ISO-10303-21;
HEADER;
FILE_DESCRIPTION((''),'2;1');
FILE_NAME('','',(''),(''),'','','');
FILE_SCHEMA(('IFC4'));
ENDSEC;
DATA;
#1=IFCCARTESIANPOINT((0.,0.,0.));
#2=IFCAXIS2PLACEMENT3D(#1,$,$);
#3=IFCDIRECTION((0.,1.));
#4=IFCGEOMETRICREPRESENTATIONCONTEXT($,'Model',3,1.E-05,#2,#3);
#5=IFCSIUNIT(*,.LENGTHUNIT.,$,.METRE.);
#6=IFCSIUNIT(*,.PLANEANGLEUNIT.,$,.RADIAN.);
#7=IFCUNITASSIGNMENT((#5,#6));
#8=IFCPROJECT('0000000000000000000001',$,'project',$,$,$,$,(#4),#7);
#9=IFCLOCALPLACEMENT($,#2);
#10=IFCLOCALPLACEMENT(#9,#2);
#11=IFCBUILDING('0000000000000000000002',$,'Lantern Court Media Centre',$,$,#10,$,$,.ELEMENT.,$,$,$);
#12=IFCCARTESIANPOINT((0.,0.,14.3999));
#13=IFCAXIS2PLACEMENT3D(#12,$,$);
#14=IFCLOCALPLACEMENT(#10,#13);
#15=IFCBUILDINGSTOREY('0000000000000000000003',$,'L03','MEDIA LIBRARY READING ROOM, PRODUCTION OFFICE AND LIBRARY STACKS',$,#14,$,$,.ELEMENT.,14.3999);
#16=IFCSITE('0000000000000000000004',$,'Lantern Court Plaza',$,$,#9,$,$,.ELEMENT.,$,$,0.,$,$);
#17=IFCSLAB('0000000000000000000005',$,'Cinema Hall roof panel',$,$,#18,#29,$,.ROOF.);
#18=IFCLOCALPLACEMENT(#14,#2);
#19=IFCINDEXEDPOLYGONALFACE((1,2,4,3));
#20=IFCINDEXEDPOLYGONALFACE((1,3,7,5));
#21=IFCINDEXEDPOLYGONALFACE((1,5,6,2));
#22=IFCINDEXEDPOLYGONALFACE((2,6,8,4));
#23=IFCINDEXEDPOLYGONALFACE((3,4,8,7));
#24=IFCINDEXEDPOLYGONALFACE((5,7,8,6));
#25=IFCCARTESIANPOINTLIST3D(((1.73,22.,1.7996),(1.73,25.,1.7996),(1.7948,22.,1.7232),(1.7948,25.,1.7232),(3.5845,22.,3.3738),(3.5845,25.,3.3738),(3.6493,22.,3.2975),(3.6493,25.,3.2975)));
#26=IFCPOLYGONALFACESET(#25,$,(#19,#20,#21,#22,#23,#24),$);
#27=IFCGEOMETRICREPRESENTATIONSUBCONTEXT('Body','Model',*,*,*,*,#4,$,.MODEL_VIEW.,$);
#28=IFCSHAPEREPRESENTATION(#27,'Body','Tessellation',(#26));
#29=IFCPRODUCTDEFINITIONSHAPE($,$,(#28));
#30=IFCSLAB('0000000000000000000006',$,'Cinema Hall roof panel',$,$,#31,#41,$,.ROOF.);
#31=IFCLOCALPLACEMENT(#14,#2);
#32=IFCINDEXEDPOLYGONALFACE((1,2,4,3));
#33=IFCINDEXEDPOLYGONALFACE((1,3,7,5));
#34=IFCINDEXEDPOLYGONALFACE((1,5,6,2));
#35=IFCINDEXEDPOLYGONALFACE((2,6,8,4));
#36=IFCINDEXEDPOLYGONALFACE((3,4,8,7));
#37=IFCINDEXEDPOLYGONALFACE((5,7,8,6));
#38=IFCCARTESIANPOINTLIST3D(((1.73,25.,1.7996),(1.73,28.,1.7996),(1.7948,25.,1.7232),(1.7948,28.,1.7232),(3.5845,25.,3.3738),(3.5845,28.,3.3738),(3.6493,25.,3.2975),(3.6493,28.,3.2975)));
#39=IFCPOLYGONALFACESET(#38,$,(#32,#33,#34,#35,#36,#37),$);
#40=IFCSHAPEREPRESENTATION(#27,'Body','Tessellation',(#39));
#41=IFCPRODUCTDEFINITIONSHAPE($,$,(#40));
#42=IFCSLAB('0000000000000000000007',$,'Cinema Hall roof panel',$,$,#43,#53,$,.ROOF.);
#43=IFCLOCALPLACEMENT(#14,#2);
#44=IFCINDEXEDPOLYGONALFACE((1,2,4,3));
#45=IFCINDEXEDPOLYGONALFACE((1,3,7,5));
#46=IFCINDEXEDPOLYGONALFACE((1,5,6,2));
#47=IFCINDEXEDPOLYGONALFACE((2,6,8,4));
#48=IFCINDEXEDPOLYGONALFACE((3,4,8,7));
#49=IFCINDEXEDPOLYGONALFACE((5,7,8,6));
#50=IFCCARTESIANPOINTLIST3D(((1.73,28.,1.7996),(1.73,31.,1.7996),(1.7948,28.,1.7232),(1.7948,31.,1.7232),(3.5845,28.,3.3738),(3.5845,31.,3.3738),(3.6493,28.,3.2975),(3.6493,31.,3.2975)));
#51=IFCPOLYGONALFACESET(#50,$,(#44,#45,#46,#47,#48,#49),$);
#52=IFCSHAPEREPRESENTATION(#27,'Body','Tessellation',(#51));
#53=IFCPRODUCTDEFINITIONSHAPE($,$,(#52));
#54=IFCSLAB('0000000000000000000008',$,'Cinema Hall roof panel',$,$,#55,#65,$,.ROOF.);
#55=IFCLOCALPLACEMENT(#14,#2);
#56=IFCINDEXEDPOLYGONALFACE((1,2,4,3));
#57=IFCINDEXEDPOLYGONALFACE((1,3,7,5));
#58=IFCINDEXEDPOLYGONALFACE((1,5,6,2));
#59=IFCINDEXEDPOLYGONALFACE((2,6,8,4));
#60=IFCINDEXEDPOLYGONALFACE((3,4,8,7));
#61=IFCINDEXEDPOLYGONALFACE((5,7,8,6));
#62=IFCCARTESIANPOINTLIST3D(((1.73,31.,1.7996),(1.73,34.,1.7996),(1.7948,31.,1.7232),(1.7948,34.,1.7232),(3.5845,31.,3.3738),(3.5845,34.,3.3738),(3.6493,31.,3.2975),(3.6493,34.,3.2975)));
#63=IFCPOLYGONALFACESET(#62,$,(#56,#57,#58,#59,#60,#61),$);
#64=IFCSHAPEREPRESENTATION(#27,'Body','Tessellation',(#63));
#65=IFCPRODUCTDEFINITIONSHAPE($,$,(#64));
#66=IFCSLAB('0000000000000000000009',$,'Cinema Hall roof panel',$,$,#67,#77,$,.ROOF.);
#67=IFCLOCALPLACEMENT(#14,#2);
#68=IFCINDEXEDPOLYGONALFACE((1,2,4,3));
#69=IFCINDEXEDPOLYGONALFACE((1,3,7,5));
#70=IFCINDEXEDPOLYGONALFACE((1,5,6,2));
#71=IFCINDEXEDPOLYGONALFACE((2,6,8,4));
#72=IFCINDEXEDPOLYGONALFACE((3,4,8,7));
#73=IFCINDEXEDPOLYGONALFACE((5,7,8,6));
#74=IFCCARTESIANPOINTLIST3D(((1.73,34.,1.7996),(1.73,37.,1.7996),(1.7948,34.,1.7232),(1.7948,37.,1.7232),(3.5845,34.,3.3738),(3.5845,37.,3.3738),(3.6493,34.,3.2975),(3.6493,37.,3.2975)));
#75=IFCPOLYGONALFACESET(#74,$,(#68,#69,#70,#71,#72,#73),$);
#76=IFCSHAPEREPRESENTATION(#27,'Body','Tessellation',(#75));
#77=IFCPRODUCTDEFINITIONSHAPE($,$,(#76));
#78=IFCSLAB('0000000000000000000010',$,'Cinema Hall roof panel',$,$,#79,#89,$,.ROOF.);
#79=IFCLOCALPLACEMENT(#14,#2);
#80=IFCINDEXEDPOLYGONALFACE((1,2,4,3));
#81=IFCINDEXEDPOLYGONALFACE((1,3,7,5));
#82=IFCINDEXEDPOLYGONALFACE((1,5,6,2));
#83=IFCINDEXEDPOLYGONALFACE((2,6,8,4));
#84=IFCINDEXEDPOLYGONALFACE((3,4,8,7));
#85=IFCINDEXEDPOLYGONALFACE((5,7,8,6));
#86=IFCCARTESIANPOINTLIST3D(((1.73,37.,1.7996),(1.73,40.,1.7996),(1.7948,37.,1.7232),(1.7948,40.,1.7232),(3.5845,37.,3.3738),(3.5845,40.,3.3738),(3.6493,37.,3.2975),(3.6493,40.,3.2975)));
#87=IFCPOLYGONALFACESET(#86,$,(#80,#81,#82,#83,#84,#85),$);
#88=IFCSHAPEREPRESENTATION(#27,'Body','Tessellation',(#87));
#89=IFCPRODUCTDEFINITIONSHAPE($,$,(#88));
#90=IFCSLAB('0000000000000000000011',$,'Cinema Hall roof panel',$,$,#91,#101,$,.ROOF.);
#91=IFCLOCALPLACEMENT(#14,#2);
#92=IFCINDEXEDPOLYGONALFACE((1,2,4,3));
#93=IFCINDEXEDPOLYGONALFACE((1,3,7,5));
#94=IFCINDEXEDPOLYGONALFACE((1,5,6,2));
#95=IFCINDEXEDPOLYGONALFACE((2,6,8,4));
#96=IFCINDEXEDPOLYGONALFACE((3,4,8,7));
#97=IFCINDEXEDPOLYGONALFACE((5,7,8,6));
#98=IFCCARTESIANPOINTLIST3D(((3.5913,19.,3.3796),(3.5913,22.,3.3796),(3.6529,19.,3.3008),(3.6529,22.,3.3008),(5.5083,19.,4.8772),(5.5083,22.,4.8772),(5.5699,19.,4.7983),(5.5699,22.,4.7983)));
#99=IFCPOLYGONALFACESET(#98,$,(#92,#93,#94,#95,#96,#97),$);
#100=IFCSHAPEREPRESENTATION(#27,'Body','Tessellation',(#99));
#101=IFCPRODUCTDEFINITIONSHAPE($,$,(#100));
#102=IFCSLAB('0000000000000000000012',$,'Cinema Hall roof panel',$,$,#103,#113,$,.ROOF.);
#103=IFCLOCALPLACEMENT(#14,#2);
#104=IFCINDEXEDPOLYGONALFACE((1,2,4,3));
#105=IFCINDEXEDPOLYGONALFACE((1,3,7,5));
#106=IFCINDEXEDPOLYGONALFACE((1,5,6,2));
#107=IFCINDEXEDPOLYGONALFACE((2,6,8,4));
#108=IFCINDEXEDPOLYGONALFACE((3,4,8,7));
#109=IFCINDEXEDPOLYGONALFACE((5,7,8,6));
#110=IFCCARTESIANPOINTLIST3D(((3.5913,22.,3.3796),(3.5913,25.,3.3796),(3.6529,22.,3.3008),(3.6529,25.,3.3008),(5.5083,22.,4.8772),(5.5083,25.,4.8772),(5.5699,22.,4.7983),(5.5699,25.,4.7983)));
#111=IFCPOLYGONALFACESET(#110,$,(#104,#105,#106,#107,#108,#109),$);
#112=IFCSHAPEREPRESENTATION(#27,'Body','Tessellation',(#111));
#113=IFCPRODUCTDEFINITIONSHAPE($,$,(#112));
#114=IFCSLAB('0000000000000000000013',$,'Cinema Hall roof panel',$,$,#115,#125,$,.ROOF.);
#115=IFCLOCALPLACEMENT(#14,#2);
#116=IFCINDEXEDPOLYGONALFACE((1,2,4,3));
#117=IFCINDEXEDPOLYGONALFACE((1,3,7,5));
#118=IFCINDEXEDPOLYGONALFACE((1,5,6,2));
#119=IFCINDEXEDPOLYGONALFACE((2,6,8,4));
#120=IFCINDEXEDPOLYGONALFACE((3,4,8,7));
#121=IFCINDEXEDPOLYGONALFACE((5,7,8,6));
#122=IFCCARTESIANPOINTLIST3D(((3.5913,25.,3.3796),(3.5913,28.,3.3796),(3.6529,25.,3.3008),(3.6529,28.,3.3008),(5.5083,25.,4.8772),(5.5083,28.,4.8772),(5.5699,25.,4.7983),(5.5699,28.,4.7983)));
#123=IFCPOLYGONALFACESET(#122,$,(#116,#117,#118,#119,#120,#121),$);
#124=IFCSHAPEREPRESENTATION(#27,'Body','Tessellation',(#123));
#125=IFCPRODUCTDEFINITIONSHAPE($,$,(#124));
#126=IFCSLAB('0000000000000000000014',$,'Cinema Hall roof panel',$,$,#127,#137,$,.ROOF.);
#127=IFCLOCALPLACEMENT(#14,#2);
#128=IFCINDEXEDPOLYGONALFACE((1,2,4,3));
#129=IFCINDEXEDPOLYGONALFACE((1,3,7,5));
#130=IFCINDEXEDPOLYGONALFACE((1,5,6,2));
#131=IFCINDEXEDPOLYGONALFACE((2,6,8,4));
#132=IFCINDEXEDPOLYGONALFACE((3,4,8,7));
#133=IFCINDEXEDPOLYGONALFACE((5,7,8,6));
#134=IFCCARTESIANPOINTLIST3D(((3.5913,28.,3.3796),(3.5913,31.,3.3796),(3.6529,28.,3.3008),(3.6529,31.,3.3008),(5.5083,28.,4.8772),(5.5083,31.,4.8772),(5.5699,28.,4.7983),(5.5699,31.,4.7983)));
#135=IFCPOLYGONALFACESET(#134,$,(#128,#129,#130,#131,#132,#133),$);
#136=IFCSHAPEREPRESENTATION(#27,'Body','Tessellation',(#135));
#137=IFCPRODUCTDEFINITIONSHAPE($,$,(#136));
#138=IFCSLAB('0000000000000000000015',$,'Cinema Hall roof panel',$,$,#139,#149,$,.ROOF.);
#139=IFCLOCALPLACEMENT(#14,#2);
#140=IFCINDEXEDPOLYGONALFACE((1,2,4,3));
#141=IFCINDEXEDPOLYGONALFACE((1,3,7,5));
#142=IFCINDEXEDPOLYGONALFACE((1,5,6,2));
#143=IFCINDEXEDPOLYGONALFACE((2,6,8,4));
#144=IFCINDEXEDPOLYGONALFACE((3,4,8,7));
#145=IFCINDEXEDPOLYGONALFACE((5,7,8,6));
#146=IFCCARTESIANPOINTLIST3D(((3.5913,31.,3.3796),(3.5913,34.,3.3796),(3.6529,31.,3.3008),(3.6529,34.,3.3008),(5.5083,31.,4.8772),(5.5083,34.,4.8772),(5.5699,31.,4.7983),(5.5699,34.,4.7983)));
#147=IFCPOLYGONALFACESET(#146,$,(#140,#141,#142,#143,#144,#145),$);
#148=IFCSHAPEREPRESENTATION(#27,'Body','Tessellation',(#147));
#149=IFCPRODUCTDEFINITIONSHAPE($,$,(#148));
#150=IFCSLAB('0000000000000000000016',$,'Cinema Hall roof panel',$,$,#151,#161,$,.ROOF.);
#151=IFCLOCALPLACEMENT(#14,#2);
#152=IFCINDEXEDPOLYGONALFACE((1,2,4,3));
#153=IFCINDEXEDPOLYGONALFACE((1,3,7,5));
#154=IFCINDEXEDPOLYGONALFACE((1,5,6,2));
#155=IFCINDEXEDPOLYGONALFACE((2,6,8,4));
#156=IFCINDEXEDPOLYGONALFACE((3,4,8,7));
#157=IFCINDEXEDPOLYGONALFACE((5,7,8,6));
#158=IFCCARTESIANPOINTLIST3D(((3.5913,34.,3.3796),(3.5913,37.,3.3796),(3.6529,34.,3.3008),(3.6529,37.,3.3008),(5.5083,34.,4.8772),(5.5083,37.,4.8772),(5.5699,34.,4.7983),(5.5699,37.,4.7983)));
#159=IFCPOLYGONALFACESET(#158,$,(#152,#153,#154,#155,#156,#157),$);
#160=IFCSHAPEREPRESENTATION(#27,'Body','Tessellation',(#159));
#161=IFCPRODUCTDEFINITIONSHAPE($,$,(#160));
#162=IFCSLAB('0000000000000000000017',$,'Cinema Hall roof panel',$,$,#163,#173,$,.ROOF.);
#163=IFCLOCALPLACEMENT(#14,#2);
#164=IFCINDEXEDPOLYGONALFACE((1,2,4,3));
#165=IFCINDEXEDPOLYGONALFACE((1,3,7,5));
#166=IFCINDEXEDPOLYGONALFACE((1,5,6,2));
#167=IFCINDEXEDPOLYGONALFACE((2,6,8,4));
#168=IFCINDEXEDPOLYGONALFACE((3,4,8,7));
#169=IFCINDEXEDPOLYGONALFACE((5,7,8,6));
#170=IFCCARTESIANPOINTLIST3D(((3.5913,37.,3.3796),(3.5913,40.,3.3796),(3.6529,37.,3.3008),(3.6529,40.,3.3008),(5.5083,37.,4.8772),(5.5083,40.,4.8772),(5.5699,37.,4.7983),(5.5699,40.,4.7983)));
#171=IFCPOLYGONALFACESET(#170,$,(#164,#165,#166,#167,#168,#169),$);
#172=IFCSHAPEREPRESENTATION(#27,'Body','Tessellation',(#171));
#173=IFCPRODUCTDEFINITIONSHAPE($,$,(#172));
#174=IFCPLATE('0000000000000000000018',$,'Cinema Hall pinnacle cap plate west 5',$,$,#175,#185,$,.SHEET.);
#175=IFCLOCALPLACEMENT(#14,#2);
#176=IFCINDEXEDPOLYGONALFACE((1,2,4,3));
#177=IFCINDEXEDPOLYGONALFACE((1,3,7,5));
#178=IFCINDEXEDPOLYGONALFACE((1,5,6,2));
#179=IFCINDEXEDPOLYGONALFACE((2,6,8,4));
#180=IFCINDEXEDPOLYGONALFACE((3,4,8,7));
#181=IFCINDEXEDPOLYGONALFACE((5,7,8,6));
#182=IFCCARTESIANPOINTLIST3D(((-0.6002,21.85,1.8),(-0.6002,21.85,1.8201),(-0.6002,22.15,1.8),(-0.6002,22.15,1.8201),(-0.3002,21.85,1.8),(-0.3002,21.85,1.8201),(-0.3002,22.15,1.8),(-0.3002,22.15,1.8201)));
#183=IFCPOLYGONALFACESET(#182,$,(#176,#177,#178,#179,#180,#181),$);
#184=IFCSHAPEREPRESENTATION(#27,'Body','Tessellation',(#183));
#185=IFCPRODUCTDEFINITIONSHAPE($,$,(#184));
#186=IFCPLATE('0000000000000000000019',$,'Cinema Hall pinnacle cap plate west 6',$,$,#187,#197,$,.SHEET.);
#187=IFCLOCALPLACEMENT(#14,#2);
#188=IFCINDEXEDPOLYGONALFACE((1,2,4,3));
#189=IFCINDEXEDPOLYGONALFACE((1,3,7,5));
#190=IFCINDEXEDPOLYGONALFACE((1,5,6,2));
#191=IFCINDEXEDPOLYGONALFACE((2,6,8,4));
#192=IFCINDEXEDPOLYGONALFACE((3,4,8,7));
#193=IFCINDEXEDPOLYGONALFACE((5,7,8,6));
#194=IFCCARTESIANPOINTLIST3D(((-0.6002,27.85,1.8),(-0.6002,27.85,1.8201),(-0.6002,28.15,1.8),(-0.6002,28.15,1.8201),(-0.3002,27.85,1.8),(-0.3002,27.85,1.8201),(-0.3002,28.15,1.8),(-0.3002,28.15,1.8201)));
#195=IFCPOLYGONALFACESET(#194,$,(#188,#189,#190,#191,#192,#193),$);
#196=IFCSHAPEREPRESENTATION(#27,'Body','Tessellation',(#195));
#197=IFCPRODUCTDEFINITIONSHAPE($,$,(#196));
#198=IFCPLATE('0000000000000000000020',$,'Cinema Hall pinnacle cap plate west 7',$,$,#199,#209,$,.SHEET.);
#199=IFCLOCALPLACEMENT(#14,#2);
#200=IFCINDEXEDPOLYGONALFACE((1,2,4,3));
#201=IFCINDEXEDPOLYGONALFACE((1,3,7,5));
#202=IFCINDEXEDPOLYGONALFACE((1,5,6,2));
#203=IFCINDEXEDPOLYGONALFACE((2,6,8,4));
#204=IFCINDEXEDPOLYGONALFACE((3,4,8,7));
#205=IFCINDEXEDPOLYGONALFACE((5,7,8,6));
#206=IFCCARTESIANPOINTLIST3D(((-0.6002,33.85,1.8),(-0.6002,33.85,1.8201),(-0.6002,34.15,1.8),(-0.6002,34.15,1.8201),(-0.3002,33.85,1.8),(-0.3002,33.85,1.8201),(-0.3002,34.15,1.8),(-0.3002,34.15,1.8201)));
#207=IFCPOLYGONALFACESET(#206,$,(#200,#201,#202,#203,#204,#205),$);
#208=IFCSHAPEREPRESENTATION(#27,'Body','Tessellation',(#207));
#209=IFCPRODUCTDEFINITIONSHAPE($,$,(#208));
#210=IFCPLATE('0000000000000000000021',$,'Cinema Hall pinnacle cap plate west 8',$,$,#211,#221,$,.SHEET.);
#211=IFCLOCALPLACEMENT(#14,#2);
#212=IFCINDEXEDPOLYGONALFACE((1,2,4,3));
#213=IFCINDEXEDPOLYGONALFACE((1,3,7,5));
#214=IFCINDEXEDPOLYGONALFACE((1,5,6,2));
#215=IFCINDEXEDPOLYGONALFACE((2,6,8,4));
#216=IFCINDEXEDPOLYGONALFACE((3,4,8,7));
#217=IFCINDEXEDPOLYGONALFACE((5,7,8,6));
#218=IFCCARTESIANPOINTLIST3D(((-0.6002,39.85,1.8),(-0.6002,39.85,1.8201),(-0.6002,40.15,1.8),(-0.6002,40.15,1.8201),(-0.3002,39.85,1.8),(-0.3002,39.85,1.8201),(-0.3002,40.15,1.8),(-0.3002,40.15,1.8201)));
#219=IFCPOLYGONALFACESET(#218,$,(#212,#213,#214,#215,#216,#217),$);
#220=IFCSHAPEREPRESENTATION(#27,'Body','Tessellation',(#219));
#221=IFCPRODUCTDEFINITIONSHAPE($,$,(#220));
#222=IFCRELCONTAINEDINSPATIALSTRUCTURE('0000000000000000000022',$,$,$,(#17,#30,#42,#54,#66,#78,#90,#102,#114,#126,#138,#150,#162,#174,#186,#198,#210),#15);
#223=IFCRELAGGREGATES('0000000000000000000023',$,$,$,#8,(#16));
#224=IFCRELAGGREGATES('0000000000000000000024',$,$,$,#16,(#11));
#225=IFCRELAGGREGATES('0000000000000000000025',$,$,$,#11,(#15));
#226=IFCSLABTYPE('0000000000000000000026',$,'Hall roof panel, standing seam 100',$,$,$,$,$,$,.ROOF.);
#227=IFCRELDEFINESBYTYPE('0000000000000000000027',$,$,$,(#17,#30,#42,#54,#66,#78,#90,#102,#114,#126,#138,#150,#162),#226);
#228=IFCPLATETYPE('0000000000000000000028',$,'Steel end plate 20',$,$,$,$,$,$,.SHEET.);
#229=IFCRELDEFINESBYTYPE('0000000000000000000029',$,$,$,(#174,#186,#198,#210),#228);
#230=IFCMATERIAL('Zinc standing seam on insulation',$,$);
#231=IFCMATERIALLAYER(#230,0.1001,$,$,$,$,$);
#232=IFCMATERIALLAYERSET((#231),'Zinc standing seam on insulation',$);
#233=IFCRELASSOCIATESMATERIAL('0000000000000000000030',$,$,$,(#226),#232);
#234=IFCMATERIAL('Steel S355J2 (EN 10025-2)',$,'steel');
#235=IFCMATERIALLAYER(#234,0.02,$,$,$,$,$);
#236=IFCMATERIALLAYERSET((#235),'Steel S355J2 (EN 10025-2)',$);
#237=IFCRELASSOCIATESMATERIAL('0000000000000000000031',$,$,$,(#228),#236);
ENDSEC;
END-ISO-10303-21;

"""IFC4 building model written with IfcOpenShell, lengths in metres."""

from ifc_helpers import new_model, si_unit, direction, frame, origin, origin_2d, place, context, subcontext, project, spatial, polyline, rectangle, outline, extrude, material, layer, layer_set, type_object, element, save


model = new_model("IFC4")

# Units and contexts
model_context = context("Model", 3, precision=1e-05, world=origin(), true_north=direction((0.0, 1.0)))
body_context = subcontext(model_context, "Body", "Model", "MODEL_VIEW")
ifc_project = project(units=[si_unit("LENGTHUNIT", "METRE"), si_unit("PLANEANGLEUNIT", "RADIAN")], contexts=[model_context])

# Site, building, storey
site_placement = place(None, origin())
site = spatial("IfcSite", under=ifc_project, at=site_placement, Name="Lantern Court Plaza", CompositionType="ELEMENT", RefElevation=0.0)
building_placement = place(site_placement, origin())
building = spatial("IfcBuilding", under=site, at=building_placement, Name="Lantern Court Media Centre", CompositionType="ELEMENT")
storey_placement = place(building_placement, frame((0.0, 0.0, 14.3999)))
storey = spatial("IfcBuildingStorey", under=building, at=storey_placement, Name="L03", Description="MEDIA LIBRARY READING ROOM, PRODUCTION OFFICE AND LIBRARY STACKS", CompositionType="ELEMENT", Elevation=14.3999)

# Shared definitions
ifc_material_1 = material(Name="Steel S355J2 (EN 10025-2)", Category="steel")

# Slabs
ifc_material_2 = material(Name="Zinc standing seam on insulation")
ifc_layer_1 = layer(ifc_material_2, 0.1001)
ifc_layer_set_1 = layer_set([ifc_layer_1], Name="Zinc standing seam on insulation")
slab_type = type_object("IfcSlabType", Name="Hall roof panel, standing seam 100", PredefinedType="ROOF", material=ifc_layer_set_1)
for number, where, z_axis, x_axis, name in (
    (1, (1.73, 22.0, 1.7996), (-0.647147, 0.0, 0.762365), (0.762365, 0.0, 0.647147), "Cinema Hall roof panel"),
    (2, (1.73, 25.0, 1.7996), (-0.647147, 0.0, 0.762365), (0.762365, 0.0, 0.647147), "Cinema Hall roof panel"),
    (3, (1.73, 28.0, 1.7996), (-0.647147, 0.0, 0.762365), (0.762365, 0.0, 0.647147), "Cinema Hall roof panel"),
    (4, (1.73, 31.0, 1.7996), (-0.647147, 0.0, 0.762365), (0.762365, 0.0, 0.647147), "Cinema Hall roof panel"),
    (5, (1.73, 34.0, 1.7996), (-0.647147, 0.0, 0.762365), (0.762365, 0.0, 0.647147), "Cinema Hall roof panel"),
    (6, (1.73, 37.0, 1.7996), (-0.647147, 0.0, 0.762365), (0.762365, 0.0, 0.647147), "Cinema Hall roof panel"),
):
    element("IfcSlab", number, at=place(storey_placement, frame(where, z_axis=z_axis, x_axis=x_axis)), inside=storey, type_object=slab_type, Name=name, PredefinedType="ROOF", context=body_context, shape_type="SweptSolid", body=[
        extrude(outline(polyline([(0.0, 0.0), (2.4326, 0.0), (2.4326, 3.0), (0.0, 3.0), (0.0, 0.0)])), origin(), (0.0, 0.0, -1.0), 0.1001),
    ])
for number, where, z_axis, x_axis, name in (
    (7, (3.5913, 19.0, 3.3796), (-0.615621, 0.0, 0.788043), (0.788043, 0.0, 0.615621), "Cinema Hall roof panel"),
    (8, (3.5913, 22.0, 3.3796), (-0.615621, 0.0, 0.788043), (0.788043, 0.0, 0.615621), "Cinema Hall roof panel"),
    (9, (3.5913, 25.0, 3.3796), (-0.615621, 0.0, 0.788043), (0.788043, 0.0, 0.615621), "Cinema Hall roof panel"),
    (10, (3.5913, 28.0, 3.3796), (-0.615621, 0.0, 0.788043), (0.788043, 0.0, 0.615621), "Cinema Hall roof panel"),
    (11, (3.5913, 31.0, 3.3796), (-0.615621, 0.0, 0.788043), (0.788043, 0.0, 0.615621), "Cinema Hall roof panel"),
    (12, (3.5913, 34.0, 3.3796), (-0.615621, 0.0, 0.788043), (0.788043, 0.0, 0.615621), "Cinema Hall roof panel"),
    (13, (3.5913, 37.0, 3.3796), (-0.615621, 0.0, 0.788043), (0.788043, 0.0, 0.615621), "Cinema Hall roof panel"),
):
    element("IfcSlab", number, at=place(storey_placement, frame(where, z_axis=z_axis, x_axis=x_axis)), inside=storey, type_object=slab_type, Name=name, PredefinedType="ROOF", context=body_context, shape_type="SweptSolid", body=[
        extrude(outline(polyline([(0.0, 0.0), (2.4326, 0.0), (2.4326, 3.0), (0.0, 3.0), (0.0, 0.0)])), origin(), (0.0, 0.0, -1.0), 0.1001),
    ])

# Plates
ifc_layer_2 = layer(ifc_material_1, 0.02)
ifc_layer_set_2 = layer_set([ifc_layer_2], Name="Steel S355J2 (EN 10025-2)")
plate_type = type_object("IfcPlateType", Name="Steel end plate 20", PredefinedType="SHEET", material=ifc_layer_set_2)
for number, where, z_axis, x_axis, name in (
    (14, (-0.4502, 22.0, 1.8), (0.0, 0.0, 1.0), (1.0, 0.0, 0.0), "Cinema Hall pinnacle cap plate west 5"),
    (15, (-0.4502, 28.0, 1.8), (0.0, 0.0, 1.0), (1.0, 0.0, 0.0), "Cinema Hall pinnacle cap plate west 6"),
    (16, (-0.4502, 34.0, 1.8), (0.0, 0.0, 1.0), (1.0, 0.0, 0.0), "Cinema Hall pinnacle cap plate west 7"),
    (17, (-0.4502, 40.0, 1.8), (0.0, 0.0, 1.0), (1.0, 0.0, 0.0), "Cinema Hall pinnacle cap plate west 8"),
):
    element("IfcPlate", number, at=place(storey_placement, frame(where, z_axis=z_axis, x_axis=x_axis)), inside=storey, type_object=plate_type, Name=name, PredefinedType="SHEET", context=body_context, shape_type="SweptSolid", body=[
        extrude(rectangle(XDim=0.3, YDim=0.3, at=origin_2d()), origin(), (0.0, 0.0, 1.0), 0.02),
    ])

save(model, "model.ifc")
